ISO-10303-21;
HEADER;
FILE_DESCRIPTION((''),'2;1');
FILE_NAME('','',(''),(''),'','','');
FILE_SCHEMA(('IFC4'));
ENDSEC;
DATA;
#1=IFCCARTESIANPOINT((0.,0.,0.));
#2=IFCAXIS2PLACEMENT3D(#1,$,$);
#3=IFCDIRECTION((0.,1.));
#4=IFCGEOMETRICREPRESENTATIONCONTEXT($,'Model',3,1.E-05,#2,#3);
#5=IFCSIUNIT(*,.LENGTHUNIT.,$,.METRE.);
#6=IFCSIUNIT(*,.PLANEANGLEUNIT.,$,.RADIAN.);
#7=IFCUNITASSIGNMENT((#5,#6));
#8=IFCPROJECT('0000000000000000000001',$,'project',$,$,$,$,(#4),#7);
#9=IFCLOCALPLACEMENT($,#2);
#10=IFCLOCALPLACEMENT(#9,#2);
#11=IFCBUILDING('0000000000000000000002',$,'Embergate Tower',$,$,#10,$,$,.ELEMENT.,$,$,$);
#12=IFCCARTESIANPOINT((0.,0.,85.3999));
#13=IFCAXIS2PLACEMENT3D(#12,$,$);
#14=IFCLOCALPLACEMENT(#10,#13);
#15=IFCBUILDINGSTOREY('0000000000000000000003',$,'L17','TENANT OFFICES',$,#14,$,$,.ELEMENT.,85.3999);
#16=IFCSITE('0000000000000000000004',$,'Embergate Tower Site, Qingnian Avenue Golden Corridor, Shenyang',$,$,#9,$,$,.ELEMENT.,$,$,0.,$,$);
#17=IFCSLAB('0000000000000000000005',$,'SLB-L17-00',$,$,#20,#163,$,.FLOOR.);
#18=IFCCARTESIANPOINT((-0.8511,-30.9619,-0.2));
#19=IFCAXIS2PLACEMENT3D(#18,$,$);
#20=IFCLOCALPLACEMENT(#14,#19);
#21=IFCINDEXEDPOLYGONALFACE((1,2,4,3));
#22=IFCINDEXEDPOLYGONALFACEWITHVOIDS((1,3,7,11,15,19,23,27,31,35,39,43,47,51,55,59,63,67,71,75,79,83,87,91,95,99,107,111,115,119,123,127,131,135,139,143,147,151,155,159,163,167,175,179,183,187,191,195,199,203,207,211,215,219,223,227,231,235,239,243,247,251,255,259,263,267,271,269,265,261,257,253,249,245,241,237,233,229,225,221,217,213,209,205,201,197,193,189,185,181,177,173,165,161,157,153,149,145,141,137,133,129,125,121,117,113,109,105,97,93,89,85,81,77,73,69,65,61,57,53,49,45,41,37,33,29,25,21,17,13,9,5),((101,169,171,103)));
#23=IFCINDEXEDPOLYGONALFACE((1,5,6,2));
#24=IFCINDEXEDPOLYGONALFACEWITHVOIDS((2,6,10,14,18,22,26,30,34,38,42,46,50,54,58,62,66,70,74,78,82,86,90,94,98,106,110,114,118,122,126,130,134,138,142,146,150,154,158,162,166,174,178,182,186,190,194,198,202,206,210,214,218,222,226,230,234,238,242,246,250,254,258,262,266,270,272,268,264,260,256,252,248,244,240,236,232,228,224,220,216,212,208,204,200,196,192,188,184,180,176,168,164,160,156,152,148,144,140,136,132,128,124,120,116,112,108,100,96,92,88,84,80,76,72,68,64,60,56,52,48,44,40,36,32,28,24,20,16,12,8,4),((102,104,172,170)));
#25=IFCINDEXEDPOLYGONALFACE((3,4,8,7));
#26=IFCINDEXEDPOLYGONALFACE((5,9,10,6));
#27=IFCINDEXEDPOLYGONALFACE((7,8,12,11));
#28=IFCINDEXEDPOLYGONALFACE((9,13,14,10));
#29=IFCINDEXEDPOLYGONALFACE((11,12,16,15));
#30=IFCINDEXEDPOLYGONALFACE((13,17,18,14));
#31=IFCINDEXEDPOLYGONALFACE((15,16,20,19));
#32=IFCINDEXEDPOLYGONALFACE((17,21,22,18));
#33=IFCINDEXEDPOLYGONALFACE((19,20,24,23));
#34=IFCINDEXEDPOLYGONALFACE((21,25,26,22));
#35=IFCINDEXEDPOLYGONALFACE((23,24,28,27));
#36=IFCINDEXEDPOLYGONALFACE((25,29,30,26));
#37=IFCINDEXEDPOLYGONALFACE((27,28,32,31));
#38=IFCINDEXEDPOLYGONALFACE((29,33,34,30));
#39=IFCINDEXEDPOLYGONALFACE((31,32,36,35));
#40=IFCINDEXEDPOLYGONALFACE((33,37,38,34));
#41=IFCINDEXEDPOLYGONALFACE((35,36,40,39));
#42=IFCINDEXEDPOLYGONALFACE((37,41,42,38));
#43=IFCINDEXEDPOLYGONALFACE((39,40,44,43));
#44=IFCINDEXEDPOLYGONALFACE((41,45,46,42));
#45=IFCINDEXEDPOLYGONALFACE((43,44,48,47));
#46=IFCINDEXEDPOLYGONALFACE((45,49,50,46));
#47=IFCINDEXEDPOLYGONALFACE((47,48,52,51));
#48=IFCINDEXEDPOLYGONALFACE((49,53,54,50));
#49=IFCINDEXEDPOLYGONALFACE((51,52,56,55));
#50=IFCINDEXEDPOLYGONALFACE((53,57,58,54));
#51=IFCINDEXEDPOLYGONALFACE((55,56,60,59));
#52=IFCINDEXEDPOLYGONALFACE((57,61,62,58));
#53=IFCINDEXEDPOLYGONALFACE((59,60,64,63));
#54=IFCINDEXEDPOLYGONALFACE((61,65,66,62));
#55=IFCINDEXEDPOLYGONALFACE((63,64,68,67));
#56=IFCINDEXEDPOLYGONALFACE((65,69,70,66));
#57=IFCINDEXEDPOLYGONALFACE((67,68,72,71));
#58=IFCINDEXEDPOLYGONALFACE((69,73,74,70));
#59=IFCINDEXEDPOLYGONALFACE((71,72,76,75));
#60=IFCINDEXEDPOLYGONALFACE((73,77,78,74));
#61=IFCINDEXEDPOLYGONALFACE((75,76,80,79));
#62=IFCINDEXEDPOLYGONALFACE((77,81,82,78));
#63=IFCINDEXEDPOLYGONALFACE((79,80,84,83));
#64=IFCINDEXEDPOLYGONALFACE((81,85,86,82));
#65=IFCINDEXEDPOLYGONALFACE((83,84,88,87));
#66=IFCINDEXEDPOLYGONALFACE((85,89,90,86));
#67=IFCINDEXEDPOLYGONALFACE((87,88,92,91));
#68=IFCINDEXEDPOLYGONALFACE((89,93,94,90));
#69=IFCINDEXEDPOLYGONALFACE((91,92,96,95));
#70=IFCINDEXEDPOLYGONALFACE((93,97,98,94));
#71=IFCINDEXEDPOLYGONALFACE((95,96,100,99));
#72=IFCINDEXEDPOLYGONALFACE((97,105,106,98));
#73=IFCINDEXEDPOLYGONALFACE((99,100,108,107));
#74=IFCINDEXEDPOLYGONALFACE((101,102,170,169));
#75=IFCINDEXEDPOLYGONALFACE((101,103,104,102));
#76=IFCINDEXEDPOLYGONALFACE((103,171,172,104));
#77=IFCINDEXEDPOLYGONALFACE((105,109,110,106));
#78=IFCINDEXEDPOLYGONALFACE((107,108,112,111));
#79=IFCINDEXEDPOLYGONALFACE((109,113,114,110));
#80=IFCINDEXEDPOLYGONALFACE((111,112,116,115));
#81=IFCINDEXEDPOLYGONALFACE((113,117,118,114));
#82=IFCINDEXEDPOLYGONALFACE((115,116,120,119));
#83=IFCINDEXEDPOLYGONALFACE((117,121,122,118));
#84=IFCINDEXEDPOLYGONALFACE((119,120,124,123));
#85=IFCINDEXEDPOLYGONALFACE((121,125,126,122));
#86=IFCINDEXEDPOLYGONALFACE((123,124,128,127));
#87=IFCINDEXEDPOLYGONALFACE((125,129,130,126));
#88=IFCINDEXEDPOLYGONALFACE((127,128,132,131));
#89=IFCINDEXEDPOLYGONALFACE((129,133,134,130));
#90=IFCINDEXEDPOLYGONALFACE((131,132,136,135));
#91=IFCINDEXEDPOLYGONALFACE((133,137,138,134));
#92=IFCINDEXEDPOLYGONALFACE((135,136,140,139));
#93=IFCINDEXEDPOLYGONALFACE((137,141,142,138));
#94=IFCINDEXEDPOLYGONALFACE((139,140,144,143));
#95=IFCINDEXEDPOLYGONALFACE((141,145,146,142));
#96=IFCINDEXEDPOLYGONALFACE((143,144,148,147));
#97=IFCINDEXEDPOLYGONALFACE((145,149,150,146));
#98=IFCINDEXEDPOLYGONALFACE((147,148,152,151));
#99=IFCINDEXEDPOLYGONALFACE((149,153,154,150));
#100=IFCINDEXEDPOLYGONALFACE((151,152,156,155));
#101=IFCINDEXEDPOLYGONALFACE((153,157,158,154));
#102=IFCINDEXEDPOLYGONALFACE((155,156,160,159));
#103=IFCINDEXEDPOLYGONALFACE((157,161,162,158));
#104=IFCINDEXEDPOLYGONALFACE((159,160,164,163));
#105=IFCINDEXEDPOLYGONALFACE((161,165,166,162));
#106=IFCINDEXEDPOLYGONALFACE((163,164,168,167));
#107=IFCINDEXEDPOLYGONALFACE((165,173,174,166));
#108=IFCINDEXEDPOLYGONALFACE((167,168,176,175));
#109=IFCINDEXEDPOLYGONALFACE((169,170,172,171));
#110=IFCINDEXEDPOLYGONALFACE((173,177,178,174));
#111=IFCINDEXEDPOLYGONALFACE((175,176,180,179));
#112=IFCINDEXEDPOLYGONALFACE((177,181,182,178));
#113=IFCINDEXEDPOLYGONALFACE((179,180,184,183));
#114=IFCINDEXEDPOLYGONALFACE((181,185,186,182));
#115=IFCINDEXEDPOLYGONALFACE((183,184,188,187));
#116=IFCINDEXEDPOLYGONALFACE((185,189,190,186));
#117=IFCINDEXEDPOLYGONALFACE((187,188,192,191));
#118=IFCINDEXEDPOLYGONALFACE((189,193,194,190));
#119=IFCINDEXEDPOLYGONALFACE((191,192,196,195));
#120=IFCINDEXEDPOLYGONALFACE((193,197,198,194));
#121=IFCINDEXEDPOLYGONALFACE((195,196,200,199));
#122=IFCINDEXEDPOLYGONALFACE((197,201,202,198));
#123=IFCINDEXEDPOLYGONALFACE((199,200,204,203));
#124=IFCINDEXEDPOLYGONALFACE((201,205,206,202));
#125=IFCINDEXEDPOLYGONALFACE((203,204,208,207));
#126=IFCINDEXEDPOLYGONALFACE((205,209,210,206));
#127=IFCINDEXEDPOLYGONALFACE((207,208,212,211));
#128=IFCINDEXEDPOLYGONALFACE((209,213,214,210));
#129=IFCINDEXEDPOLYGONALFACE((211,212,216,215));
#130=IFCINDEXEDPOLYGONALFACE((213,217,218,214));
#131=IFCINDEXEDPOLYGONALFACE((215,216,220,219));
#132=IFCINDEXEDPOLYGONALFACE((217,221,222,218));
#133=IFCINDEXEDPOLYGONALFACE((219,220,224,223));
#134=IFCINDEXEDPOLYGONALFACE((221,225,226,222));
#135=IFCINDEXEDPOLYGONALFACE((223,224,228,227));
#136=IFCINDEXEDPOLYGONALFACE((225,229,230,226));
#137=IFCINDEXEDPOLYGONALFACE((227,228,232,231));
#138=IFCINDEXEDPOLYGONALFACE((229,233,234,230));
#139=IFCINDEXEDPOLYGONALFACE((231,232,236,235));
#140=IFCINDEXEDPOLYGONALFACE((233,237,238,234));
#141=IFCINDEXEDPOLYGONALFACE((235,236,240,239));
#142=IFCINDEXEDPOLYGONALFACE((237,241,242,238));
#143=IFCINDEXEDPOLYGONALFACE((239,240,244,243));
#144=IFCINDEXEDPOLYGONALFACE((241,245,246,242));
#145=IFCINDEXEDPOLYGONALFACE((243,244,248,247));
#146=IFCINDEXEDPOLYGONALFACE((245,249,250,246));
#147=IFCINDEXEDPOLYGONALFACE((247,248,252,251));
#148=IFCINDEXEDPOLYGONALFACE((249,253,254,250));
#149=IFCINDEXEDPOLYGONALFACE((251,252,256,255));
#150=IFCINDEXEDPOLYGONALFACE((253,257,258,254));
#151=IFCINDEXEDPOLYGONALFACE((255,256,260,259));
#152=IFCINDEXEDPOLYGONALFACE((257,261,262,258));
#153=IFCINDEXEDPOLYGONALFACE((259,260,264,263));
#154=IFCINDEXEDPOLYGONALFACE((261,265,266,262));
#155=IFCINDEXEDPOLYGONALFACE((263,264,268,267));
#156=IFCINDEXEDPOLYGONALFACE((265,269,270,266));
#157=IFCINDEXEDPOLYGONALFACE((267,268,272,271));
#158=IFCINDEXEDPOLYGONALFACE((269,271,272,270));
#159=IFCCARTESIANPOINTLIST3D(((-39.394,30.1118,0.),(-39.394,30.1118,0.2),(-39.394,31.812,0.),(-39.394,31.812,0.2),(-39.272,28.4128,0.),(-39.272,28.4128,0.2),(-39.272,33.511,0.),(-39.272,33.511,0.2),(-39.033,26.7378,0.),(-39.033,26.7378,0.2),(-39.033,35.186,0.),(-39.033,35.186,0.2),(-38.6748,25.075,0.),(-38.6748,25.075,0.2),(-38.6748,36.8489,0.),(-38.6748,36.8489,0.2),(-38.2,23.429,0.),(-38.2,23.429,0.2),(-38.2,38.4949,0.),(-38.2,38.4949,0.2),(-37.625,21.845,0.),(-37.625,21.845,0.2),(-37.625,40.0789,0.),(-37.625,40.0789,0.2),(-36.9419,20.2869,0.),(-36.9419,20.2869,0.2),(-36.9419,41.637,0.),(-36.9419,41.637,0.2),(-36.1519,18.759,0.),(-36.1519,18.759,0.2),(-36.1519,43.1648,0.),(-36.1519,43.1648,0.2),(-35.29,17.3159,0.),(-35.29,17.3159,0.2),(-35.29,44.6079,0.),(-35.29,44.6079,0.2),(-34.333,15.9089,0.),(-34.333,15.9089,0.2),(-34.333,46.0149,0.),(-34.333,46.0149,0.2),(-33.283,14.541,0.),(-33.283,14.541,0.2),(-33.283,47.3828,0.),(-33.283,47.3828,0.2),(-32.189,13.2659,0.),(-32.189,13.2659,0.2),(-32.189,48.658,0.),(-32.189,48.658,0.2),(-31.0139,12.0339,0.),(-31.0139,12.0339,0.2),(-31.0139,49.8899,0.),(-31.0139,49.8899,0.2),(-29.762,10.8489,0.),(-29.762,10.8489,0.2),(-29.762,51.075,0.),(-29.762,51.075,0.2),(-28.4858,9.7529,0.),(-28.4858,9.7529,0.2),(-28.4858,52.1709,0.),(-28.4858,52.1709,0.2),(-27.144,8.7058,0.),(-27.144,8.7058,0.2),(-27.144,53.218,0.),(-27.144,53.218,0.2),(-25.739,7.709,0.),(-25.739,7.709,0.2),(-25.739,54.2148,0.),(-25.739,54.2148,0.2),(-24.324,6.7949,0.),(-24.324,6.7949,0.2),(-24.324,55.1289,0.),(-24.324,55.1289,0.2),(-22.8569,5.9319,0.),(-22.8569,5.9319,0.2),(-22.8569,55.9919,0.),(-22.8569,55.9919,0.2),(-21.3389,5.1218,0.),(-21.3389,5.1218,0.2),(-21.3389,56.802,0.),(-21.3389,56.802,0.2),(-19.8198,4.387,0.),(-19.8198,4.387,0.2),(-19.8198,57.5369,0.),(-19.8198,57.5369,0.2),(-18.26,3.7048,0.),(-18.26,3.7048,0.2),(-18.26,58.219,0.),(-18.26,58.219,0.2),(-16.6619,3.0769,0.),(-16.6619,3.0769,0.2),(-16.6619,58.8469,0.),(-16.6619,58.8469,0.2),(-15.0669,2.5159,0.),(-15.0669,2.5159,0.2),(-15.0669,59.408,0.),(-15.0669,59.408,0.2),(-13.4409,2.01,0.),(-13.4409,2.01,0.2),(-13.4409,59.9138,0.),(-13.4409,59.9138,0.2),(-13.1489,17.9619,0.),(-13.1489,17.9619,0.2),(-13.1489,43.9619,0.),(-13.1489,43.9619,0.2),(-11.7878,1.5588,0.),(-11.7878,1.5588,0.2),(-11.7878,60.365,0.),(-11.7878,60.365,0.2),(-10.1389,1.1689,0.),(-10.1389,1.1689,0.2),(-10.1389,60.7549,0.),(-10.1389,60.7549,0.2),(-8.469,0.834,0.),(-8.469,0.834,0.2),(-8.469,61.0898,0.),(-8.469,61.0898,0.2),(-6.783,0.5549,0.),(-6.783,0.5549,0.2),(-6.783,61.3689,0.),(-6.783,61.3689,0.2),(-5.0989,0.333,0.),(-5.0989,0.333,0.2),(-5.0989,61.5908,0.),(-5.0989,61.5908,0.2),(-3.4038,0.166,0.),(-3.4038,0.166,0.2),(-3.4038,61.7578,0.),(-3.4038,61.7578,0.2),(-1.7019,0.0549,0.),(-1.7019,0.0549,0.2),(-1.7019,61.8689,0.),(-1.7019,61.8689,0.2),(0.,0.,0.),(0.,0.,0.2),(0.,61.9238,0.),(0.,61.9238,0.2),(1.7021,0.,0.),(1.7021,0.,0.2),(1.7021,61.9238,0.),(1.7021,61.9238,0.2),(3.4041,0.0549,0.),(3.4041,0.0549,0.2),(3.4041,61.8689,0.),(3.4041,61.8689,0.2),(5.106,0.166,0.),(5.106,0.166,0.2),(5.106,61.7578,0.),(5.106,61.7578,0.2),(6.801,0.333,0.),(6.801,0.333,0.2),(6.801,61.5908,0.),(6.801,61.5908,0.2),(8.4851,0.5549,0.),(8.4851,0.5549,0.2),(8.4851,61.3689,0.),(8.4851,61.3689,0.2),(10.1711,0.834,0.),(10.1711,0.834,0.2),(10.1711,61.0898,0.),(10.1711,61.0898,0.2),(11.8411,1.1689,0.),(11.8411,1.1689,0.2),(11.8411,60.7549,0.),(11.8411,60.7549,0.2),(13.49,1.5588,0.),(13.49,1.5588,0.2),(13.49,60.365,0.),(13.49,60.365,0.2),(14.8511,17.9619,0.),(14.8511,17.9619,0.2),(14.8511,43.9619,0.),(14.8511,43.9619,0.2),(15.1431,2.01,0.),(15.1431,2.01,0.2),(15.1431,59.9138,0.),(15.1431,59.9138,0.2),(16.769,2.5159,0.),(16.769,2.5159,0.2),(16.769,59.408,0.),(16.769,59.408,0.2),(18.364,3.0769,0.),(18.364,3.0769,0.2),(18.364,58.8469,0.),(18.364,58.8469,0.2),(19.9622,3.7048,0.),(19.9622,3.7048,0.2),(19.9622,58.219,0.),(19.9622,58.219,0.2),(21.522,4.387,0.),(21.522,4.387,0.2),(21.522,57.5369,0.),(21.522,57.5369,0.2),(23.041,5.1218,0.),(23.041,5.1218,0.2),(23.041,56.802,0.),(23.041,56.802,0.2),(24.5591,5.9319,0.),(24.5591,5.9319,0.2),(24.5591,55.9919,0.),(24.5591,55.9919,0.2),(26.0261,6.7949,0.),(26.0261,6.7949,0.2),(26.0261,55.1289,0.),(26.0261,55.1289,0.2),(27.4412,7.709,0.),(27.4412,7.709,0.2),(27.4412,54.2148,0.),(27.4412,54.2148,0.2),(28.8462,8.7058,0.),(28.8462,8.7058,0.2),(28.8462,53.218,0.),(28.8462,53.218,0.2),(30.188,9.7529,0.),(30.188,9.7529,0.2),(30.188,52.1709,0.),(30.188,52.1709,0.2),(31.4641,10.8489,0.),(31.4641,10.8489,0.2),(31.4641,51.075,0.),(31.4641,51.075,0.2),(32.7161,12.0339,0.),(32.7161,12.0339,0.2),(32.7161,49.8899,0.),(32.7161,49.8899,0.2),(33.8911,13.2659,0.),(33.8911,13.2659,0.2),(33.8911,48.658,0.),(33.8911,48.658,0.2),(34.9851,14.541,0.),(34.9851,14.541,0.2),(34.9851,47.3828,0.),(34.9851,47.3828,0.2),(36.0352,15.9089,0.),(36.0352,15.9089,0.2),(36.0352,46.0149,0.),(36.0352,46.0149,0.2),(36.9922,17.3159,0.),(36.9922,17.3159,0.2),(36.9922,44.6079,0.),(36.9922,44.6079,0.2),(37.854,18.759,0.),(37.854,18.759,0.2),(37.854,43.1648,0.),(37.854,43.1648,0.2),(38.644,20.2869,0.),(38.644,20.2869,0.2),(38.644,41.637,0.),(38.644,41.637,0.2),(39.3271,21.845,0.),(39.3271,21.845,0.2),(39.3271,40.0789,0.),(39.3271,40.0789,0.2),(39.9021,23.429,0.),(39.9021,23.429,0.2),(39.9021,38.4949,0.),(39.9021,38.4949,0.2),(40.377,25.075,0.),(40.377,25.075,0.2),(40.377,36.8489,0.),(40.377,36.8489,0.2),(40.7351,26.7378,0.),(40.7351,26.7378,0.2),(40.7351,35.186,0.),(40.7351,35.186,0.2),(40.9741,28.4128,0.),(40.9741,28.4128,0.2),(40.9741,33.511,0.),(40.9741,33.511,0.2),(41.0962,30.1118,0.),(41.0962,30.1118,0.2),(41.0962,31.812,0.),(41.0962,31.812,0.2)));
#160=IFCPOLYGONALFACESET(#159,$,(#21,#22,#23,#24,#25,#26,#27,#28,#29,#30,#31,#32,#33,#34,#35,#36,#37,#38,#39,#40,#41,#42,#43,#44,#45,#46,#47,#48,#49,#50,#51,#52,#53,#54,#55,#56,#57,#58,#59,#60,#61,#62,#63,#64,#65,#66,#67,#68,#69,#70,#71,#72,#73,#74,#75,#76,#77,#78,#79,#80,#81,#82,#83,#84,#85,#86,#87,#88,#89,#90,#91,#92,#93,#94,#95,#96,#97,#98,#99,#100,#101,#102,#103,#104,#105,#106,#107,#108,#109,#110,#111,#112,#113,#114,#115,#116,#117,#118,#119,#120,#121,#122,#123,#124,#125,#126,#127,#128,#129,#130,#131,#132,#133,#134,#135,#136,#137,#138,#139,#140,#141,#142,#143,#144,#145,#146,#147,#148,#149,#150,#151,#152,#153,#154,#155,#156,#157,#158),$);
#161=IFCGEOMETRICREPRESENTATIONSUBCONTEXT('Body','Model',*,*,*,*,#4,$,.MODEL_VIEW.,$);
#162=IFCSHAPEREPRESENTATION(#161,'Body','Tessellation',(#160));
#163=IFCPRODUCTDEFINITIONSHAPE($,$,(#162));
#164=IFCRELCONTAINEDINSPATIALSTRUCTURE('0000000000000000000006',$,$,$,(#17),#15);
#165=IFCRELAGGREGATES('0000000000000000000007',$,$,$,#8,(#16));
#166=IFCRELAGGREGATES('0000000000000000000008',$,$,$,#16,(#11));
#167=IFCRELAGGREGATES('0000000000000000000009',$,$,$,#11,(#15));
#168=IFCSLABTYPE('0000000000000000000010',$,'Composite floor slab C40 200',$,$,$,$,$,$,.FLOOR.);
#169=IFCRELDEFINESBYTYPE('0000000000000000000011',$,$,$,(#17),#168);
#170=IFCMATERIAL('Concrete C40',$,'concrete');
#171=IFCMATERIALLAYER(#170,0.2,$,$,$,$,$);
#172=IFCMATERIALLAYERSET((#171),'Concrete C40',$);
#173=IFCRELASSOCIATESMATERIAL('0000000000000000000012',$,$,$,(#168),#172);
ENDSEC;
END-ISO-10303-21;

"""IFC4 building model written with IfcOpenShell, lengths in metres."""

from ifc_helpers import new_model, si_unit, direction, frame, origin, place, context, subcontext, project, spatial, polyline, outline, extrude, source, transform, mapped, material, layer, layer_set, type_object, element, save


model = new_model("IFC4")

# Units and contexts
model_context = context("Model", 3, precision=1e-05, world=origin(), true_north=direction((0.0, 1.0)))
body_context = subcontext(model_context, "Body", "Model", "MODEL_VIEW")
ifc_project = project(units=[si_unit("LENGTHUNIT", "METRE"), si_unit("PLANEANGLEUNIT", "RADIAN")], contexts=[model_context])

# Site, building, storey
site_placement = place(None, origin())
site = spatial("IfcSite", under=ifc_project, at=site_placement, Name="Embergate Tower Site, Qingnian Avenue Golden Corridor, Shenyang", CompositionType="ELEMENT", RefElevation=0.0)
building_placement = place(site_placement, origin())
building = spatial("IfcBuilding", under=site, at=building_placement, Name="Embergate Tower", CompositionType="ELEMENT")
storey_placement = place(building_placement, frame((0.0, 0.0, 85.3999)))
storey = spatial("IfcBuildingStorey", under=building, at=storey_placement, Name="L17", Description="TENANT OFFICES", CompositionType="ELEMENT", Elevation=85.3999)

# Slab
ifc_material_1 = material(Name="Concrete C40", Category="concrete")
ifc_layer_1 = layer(ifc_material_1, 0.2)
ifc_layer_set_1 = layer_set([ifc_layer_1], Name="Concrete C40")
slab_type = type_object("IfcSlabType", Name="Composite floor slab C40 200", PredefinedType="FLOOR", material=ifc_layer_set_1)
shared_shape_1 = source(origin(), body_context, "Body", "SweptSolid", [
    extrude(outline(polyline([(0.0, 0.0), (1.7021, 0.0), (3.4041, 0.0549), (5.106, 0.166), (6.801, 0.333), (8.4851, 0.5549), (10.1711, 0.834), (11.8411, 1.1689), (13.49, 1.5588), (15.1431, 2.01), (16.769, 2.5159), (18.364, 3.0769), (19.9622, 3.7048), (21.522, 4.387), (23.041, 5.1218), (24.5591, 5.9319), (26.0261, 6.7949), (27.4412, 7.709), (28.8462, 8.7058), (30.188, 9.7529), (31.4641, 10.8489), (32.7161, 12.0339), (33.8911, 13.2659), (34.9851, 14.541), (36.0352, 15.9089), (36.9922, 17.3159), (37.854, 18.759), (38.644, 20.2869), (39.3271, 21.845), (39.9021, 23.429), (40.377, 25.075), (40.7351, 26.7378), (40.9741, 28.4128), (41.0962, 30.1118), (41.0962, 31.812), (40.9741, 33.511), (40.7351, 35.186), (40.377, 36.8489), (39.9021, 38.4949), (39.3271, 40.0789), (38.644, 41.637), (37.854, 43.1648), (36.9922, 44.6079), (36.0352, 46.0149), (34.9851, 47.3828), (33.8911, 48.658), (32.7161, 49.8899), (31.4641, 51.075), (30.188, 52.1709), (28.8462, 53.218), (27.4412, 54.2148), (26.0261, 55.1289), (24.5591, 55.9919), (23.041, 56.802), (21.522, 57.5369), (19.9622, 58.219), (18.364, 58.8469), (16.769, 59.408), (15.1431, 59.9138), (13.49, 60.365), (11.8411, 60.7549), (10.1711, 61.0898), (8.4851, 61.3689), (6.801, 61.5908), (5.106, 61.7578), (3.4041, 61.8689), (1.7021, 61.9238), (0.0, 61.9238), (-1.7019, 61.8689), (-3.4038, 61.7578), (-5.0989, 61.5908), (-6.783, 61.3689), (-8.469, 61.0898), (-10.1389, 60.7549), (-11.7878, 60.365), (-13.4409, 59.9138), (-15.0669, 59.408), (-16.6619, 58.8469), (-18.26, 58.219), (-19.8198, 57.5369), (-21.3389, 56.802), (-22.8569, 55.9919), (-24.324, 55.1289), (-25.739, 54.2148), (-27.144, 53.218), (-28.4858, 52.1709), (-29.762, 51.075), (-31.0139, 49.8899), (-32.189, 48.658), (-33.283, 47.3828), (-34.333, 46.0149), (-35.29, 44.6079), (-36.1519, 43.1648), (-36.9419, 41.637), (-37.625, 40.0789), (-38.2, 38.4949), (-38.6748, 36.8489), (-39.033, 35.186), (-39.272, 33.511), (-39.394, 31.812), (-39.394, 30.1118), (-39.272, 28.4128), (-39.033, 26.7378), (-38.6748, 25.075), (-38.2, 23.429), (-37.625, 21.845), (-36.9419, 20.2869), (-36.1519, 18.759), (-35.29, 17.3159), (-34.333, 15.9089), (-33.283, 14.541), (-32.189, 13.2659), (-31.0139, 12.0339), (-29.762, 10.8489), (-28.4858, 9.7529), (-27.144, 8.7058), (-25.739, 7.709), (-24.324, 6.7949), (-22.8569, 5.9319), (-21.3389, 5.1218), (-19.8198, 4.387), (-18.26, 3.7048), (-16.6619, 3.0769), (-15.0669, 2.5159), (-13.4409, 2.01), (-11.7878, 1.5588), (-10.1389, 1.1689), (-8.469, 0.834), (-6.783, 0.5549), (-5.0989, 0.333), (-3.4038, 0.166), (-1.7019, 0.0549), (0.0, 0.0)]), holes=[polyline([(-13.1489, 17.9619), (-13.1489, 43.9619), (14.8511, 43.9619), (14.8511, 17.9619), (-13.1489, 17.9619)])]), origin(), (0.0, 0.0, 1.0), 0.2),
])
slab_placement = place(storey_placement, frame((-0.8511, -30.9619, -0.2)))
element("IfcSlab", 1, at=slab_placement, inside=storey, type_object=slab_type, Name="SLB-L17-00", PredefinedType="FLOOR", context=body_context, shape_type="MappedRepresentation", body=[
    mapped(shared_shape_1, transform((0.0, 0.0, 0.0))),
])

save(model, "model.ifc")
